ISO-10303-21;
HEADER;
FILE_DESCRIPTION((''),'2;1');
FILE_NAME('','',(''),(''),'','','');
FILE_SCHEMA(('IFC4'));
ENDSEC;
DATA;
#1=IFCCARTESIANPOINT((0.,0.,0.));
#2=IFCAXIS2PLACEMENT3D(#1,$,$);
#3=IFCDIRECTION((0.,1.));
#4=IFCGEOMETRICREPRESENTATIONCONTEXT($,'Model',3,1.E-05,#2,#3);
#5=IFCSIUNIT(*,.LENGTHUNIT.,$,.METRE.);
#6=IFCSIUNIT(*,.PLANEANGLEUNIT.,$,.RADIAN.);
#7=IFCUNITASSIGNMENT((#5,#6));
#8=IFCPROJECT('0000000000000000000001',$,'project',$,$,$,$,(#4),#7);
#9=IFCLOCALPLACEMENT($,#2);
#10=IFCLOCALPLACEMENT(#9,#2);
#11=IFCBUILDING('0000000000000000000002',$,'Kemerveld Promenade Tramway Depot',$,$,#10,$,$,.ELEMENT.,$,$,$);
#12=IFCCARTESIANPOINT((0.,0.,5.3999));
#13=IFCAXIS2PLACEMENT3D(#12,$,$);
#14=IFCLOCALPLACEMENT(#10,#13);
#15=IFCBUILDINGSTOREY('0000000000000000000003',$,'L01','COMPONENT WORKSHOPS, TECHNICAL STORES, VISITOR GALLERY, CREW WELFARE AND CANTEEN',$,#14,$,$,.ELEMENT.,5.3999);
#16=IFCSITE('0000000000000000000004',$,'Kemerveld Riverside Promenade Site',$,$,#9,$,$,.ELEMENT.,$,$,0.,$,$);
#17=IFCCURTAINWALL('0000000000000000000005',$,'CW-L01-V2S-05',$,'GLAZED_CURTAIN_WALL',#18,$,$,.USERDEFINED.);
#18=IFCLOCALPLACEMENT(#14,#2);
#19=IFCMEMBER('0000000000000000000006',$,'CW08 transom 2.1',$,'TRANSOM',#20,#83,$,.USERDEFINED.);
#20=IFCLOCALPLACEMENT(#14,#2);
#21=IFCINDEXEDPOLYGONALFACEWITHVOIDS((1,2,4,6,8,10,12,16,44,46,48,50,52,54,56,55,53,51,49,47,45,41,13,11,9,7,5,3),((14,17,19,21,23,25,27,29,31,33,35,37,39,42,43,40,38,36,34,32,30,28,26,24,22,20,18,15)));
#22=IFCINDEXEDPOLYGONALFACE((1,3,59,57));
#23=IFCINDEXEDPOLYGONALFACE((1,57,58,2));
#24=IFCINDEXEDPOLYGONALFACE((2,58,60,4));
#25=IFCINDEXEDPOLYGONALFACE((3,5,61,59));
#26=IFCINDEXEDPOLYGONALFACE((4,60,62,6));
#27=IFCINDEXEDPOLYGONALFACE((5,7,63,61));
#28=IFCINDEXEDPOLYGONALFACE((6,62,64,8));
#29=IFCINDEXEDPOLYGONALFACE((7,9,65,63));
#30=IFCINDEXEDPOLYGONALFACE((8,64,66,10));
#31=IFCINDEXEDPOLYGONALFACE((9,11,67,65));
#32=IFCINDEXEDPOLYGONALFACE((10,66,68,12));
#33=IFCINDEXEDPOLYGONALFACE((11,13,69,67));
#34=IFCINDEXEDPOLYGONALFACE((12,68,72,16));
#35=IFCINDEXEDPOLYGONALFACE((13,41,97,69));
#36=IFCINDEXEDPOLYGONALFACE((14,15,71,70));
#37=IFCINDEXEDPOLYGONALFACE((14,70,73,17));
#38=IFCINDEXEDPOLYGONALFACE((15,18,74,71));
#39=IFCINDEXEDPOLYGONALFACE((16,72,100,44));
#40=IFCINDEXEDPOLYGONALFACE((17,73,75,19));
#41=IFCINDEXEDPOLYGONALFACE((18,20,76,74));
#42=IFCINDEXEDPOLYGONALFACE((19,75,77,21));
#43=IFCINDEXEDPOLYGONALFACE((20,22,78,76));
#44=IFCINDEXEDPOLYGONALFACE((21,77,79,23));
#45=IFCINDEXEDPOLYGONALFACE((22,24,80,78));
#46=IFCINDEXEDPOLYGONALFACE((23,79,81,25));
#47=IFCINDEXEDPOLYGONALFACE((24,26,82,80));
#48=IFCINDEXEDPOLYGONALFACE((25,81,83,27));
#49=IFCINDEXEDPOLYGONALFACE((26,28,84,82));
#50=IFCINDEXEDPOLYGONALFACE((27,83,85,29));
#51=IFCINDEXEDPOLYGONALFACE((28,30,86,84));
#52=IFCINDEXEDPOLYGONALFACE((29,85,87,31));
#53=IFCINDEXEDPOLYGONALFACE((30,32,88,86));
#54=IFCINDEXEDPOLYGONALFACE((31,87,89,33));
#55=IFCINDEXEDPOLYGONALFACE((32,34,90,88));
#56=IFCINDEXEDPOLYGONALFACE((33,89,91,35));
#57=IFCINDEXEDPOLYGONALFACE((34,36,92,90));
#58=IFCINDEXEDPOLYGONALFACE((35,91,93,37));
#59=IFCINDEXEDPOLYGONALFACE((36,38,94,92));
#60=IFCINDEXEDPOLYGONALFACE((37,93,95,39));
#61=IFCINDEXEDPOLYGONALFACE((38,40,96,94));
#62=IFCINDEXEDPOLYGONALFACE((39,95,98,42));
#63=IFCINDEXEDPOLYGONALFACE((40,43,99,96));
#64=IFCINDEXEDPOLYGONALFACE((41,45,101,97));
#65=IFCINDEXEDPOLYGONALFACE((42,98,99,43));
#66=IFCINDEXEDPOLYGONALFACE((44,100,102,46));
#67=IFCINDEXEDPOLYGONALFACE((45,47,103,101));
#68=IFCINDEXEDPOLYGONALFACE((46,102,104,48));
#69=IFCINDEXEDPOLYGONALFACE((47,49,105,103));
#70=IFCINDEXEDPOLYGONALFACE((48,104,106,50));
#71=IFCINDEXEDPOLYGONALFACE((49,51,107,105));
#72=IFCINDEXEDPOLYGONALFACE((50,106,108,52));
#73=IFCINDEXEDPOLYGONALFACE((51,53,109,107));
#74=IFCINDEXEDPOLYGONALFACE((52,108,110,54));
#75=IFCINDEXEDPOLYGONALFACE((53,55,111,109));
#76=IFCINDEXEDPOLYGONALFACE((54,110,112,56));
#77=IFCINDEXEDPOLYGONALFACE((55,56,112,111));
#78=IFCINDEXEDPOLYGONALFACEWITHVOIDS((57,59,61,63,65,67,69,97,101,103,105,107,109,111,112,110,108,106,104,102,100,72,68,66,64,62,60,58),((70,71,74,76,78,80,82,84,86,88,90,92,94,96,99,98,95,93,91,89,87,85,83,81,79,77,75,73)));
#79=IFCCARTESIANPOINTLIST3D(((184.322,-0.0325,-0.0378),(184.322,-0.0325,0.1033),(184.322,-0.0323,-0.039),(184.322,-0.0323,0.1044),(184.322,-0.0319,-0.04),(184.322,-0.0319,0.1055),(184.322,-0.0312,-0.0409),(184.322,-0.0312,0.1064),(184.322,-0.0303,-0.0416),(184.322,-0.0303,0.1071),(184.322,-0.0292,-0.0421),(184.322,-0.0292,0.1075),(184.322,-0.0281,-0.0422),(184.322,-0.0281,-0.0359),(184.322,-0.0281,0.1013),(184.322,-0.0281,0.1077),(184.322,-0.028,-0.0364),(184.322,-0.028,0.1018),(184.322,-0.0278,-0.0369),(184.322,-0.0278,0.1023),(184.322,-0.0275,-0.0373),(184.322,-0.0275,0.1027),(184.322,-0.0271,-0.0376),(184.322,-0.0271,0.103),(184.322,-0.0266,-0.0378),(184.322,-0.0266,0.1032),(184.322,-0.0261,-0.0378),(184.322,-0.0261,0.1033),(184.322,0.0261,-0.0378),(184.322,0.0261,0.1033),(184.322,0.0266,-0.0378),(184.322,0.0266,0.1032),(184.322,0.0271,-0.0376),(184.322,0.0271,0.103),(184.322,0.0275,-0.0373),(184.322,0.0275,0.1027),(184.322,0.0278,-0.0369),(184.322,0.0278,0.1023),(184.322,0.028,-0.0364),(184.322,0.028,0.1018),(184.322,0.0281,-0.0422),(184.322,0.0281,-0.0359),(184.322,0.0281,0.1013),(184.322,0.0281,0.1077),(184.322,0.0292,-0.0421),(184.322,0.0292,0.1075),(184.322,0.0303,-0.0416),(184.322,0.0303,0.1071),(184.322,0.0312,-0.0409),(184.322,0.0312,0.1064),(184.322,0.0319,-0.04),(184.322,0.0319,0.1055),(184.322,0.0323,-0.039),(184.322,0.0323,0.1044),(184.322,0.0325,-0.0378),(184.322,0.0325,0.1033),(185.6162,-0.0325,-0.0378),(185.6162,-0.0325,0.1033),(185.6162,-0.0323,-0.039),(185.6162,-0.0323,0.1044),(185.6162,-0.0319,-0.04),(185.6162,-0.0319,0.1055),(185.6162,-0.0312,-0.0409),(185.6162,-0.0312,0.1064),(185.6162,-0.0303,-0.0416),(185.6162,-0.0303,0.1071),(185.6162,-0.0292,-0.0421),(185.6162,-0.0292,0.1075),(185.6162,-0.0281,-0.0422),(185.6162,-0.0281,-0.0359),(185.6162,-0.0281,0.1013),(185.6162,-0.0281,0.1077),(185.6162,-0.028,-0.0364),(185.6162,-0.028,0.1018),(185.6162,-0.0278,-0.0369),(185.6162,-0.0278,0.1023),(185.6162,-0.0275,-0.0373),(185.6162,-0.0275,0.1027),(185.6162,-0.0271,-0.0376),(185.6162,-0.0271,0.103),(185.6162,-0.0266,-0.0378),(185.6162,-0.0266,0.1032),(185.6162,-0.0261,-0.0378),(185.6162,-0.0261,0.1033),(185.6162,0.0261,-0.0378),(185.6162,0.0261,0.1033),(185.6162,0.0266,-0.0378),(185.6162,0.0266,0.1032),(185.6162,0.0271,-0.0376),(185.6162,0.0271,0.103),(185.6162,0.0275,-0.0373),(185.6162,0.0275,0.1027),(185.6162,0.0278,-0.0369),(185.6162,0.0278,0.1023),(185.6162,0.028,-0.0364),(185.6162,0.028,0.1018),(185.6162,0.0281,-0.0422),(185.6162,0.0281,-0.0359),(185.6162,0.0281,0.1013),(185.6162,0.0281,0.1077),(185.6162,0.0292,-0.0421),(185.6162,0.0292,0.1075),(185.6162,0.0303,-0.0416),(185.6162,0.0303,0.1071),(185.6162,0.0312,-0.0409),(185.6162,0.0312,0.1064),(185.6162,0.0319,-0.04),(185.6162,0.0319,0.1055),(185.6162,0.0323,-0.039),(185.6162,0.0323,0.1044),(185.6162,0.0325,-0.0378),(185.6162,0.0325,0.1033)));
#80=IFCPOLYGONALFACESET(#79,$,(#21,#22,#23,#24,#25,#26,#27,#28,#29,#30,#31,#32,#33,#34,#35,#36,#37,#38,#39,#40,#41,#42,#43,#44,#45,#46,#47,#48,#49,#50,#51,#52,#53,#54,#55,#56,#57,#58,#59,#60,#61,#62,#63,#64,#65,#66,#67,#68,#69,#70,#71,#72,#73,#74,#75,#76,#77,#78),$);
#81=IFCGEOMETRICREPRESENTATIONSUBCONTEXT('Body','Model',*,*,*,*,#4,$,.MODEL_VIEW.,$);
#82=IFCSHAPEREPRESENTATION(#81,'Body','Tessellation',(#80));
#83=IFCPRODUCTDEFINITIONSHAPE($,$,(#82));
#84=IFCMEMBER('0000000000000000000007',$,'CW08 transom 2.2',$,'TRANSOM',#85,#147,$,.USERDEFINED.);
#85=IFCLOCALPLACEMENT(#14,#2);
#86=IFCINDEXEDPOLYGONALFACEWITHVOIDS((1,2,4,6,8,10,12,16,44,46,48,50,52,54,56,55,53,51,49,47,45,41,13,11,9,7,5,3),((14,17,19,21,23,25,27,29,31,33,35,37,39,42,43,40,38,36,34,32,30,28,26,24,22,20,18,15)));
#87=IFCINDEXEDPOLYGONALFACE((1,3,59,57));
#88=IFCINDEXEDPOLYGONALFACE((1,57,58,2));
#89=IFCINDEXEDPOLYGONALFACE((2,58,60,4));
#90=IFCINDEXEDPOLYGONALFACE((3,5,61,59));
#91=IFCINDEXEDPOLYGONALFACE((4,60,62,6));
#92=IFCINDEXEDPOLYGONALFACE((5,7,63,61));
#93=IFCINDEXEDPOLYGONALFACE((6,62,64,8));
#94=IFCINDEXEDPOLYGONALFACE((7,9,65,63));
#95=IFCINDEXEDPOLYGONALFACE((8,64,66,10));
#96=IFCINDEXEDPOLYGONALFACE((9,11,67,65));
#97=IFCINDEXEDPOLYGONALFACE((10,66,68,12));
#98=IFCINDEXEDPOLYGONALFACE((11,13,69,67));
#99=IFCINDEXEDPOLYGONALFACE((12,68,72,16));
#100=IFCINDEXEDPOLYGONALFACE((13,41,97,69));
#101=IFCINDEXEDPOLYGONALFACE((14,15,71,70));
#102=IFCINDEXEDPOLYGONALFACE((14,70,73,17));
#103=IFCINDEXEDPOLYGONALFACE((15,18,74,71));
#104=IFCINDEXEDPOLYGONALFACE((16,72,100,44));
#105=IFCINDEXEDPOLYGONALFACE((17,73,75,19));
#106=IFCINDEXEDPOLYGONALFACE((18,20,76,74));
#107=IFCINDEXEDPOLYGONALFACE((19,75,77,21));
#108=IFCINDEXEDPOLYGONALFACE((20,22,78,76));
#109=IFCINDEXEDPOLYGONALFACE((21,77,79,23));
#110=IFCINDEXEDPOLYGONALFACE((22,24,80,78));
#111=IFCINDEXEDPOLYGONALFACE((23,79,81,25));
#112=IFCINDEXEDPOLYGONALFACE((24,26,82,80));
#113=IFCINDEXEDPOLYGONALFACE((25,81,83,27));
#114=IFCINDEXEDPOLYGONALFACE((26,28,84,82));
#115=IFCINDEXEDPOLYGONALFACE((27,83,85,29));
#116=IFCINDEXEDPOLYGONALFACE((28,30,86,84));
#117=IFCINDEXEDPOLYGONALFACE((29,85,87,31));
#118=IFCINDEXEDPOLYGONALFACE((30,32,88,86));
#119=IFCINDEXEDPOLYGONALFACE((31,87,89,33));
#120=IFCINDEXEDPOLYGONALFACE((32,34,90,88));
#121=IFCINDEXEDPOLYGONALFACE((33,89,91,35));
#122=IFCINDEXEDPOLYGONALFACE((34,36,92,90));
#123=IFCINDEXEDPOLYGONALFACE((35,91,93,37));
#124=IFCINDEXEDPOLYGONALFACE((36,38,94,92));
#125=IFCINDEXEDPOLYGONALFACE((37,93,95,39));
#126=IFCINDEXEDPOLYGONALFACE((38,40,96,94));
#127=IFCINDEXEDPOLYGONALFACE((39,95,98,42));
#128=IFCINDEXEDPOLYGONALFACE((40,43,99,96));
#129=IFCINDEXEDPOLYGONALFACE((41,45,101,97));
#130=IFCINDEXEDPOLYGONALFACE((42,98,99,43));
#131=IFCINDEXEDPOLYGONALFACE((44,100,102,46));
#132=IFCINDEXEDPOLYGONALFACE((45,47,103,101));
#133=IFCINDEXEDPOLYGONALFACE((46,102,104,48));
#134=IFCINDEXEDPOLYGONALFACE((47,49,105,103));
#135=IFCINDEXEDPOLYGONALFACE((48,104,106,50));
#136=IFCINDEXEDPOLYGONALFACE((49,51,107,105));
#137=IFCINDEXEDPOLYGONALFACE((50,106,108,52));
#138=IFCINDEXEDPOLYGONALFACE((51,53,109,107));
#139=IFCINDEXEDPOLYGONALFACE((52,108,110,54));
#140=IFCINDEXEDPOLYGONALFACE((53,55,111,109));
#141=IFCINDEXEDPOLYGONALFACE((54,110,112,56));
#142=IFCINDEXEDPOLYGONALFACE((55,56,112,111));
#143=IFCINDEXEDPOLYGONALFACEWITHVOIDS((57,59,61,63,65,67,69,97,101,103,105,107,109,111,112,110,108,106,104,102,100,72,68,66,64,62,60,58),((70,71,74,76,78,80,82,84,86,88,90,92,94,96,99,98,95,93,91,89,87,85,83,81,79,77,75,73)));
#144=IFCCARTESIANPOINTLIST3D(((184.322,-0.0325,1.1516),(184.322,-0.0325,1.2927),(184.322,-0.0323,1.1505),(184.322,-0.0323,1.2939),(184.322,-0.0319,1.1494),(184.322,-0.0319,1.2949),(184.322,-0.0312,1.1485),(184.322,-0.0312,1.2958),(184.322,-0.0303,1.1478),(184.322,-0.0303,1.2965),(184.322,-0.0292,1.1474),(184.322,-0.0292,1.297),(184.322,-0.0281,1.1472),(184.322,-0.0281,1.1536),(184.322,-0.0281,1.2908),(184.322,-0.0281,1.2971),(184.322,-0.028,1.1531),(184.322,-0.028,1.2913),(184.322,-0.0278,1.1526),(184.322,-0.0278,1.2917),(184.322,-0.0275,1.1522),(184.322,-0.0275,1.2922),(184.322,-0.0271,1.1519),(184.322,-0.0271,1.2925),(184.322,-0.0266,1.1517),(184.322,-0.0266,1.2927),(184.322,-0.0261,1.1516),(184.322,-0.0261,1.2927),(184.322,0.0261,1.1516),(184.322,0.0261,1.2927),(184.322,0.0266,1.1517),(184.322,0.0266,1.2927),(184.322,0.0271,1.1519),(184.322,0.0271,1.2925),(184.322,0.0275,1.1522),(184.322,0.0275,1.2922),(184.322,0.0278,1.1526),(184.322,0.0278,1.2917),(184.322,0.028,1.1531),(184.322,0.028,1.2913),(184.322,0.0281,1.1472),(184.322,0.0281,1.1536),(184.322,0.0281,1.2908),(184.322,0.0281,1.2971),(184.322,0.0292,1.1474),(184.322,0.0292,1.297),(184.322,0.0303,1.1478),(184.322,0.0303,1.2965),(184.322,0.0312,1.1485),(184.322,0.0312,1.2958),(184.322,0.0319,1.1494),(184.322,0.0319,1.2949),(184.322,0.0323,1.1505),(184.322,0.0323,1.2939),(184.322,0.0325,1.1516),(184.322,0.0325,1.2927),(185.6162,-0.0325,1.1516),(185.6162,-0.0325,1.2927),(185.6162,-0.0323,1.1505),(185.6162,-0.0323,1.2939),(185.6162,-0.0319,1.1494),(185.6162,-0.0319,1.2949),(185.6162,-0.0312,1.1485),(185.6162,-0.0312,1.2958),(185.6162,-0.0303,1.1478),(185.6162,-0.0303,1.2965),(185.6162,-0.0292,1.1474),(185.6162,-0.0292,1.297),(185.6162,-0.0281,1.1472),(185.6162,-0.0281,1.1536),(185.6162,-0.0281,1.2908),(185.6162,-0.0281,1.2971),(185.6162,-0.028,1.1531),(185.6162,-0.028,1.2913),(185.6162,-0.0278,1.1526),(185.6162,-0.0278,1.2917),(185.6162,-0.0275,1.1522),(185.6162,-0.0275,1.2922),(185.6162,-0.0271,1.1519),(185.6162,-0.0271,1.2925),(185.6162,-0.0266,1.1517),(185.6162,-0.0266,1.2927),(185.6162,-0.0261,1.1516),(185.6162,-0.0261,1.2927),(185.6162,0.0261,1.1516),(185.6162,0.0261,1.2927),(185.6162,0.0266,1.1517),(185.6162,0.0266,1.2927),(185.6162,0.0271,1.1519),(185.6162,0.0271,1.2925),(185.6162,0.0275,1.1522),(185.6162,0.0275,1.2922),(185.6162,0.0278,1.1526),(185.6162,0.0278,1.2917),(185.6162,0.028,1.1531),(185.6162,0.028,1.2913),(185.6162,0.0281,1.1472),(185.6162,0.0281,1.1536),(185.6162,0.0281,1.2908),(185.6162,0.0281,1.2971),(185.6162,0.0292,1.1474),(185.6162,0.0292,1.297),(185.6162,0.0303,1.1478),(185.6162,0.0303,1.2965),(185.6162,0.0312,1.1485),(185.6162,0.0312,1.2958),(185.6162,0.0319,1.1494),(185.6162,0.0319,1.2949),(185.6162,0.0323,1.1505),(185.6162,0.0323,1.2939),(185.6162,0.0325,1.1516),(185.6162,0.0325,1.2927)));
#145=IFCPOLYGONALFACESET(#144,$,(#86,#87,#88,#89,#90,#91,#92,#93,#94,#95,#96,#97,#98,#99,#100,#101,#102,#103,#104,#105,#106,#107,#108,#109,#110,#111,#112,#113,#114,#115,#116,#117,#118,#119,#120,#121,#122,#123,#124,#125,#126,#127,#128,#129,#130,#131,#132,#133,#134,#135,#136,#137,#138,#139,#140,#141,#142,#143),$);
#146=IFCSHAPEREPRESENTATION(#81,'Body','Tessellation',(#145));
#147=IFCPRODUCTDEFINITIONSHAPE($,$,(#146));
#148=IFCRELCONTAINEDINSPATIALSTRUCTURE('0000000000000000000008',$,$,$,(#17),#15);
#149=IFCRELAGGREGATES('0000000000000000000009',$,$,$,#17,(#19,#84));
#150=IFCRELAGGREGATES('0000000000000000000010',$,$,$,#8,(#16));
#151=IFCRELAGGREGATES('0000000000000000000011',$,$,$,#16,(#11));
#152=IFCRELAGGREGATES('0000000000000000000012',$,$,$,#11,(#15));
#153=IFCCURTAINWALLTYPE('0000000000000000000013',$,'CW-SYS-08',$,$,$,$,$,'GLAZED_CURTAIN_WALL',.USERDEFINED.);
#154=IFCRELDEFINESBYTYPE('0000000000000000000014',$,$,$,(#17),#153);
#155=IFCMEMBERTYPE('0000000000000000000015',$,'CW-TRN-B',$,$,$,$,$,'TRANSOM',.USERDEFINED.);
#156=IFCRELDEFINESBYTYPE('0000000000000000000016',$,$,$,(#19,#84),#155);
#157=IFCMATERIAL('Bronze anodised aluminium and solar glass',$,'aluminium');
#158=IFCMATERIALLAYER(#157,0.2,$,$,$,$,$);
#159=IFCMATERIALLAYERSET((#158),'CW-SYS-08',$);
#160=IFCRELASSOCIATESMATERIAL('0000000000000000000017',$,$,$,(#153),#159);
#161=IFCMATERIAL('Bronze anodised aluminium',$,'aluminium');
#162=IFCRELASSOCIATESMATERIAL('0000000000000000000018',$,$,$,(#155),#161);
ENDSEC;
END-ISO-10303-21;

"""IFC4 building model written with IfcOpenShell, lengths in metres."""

from ifc_helpers import new_model, si_unit, direction, frame, origin, origin_2d, place, context, subcontext, project, spatial, hollow_rectangle, extrude, material, layer, layer_set, material_profile, profile_set, type_object, element, aggregate, save


model = new_model("IFC4")

# Units and contexts
model_context = context("Model", 3, precision=1e-05, world=origin(), true_north=direction((0.0, 1.0)))
body_context = subcontext(model_context, "Body", "Model", "MODEL_VIEW")
ifc_project = project(units=[si_unit("LENGTHUNIT", "METRE"), si_unit("PLANEANGLEUNIT", "RADIAN")], contexts=[model_context])

# Site, building, storey
site_placement = place(None, origin())
site = spatial("IfcSite", under=ifc_project, at=site_placement, Name="Kemerveld Riverside Promenade Site", CompositionType="ELEMENT", RefElevation=0.0)
building_placement = place(site_placement, origin())
building = spatial("IfcBuilding", under=site, at=building_placement, Name="Kemerveld Promenade Tramway Depot", CompositionType="ELEMENT")
storey_placement = place(building_placement, frame((0.0, 0.0, 5.3999)))
storey = spatial("IfcBuildingStorey", under=building, at=storey_placement, Name="L01", Description="COMPONENT WORKSHOPS, TECHNICAL STORES, VISITOR GALLERY, CREW WELFARE AND CANTEEN", CompositionType="ELEMENT", Elevation=5.3999)

# Curtain wall, members
ifc_material_1 = material(Name="Bronze anodised aluminium and solar glass", Category="aluminium")
ifc_layer_1 = layer(ifc_material_1, 0.2)
ifc_layer_set_1 = layer_set([ifc_layer_1], Name="CW-SYS-08")
curtain_wall_type = type_object("IfcCurtainWallType", Name="CW-SYS-08", ElementType="GLAZED_CURTAIN_WALL", PredefinedType="USERDEFINED", material=ifc_layer_set_1)
curtain_wall_placement = place(storey_placement, origin())
curtain_wall = element("IfcCurtainWall", 1, at=curtain_wall_placement, inside=storey, type_object=curtain_wall_type, Name="CW-L01-V2S-05", ObjectType="GLAZED_CURTAIN_WALL", PredefinedType="USERDEFINED")
ifc_material_2 = material(Name="Bronze anodised aluminium", Category="aluminium")
ifc_material_profile_1 = material_profile(ifc_material_2, hollow_rectangle(XDim=0.0649, YDim=0.1499, WallThickness=0.0044, InnerFilletRadius=0.002, OuterFilletRadius=0.0044, at=origin_2d()), Name="CW-TRN-150x65")
ifc_profile_set_1 = profile_set([ifc_material_profile_1], Name="Bronze anodised aluminium")
member_type_1 = type_object("IfcMemberType", Name="CW-TRN-B", ElementType="TRANSOM", PredefinedType="USERDEFINED", material=ifc_profile_set_1)
member_1_placement = place(storey_placement, frame((185.6162, 0.0, 0.0327), z_axis=(-1.0, 0.0, 0.0), x_axis=(0.0, -1.0, 0.0)))
member_1 = element("IfcMember", 2, at=member_1_placement, type_object=member_type_1, Name="CW08 transom 2.1", ObjectType="TRANSOM", PredefinedType="USERDEFINED", context=body_context, shape_type="SweptSolid", body=[
    extrude(hollow_rectangle(XDim=0.0649, YDim=0.1499, WallThickness=0.0044, InnerFilletRadius=0.002, OuterFilletRadius=0.0044, at=origin_2d()), origin(), (0.0, 0.0, 1.0), 1.2942),
])
member_2_placement = place(storey_placement, frame((185.6162, 0.0, 1.2222), z_axis=(-1.0, 0.0, 0.0), x_axis=(0.0, -1.0, 0.0)))
member_2 = element("IfcMember", 3, at=member_2_placement, type_object=member_type_1, Name="CW08 transom 2.2", ObjectType="TRANSOM", PredefinedType="USERDEFINED", context=body_context, shape_type="SweptSolid", body=[
    extrude(hollow_rectangle(XDim=0.0649, YDim=0.1499, WallThickness=0.0044, InnerFilletRadius=0.002, OuterFilletRadius=0.0044, at=origin_2d()), origin(), (0.0, 0.0, 1.0), 1.2942),
])
aggregate(curtain_wall, [member_1, member_2])

save(model, "model.ifc")
